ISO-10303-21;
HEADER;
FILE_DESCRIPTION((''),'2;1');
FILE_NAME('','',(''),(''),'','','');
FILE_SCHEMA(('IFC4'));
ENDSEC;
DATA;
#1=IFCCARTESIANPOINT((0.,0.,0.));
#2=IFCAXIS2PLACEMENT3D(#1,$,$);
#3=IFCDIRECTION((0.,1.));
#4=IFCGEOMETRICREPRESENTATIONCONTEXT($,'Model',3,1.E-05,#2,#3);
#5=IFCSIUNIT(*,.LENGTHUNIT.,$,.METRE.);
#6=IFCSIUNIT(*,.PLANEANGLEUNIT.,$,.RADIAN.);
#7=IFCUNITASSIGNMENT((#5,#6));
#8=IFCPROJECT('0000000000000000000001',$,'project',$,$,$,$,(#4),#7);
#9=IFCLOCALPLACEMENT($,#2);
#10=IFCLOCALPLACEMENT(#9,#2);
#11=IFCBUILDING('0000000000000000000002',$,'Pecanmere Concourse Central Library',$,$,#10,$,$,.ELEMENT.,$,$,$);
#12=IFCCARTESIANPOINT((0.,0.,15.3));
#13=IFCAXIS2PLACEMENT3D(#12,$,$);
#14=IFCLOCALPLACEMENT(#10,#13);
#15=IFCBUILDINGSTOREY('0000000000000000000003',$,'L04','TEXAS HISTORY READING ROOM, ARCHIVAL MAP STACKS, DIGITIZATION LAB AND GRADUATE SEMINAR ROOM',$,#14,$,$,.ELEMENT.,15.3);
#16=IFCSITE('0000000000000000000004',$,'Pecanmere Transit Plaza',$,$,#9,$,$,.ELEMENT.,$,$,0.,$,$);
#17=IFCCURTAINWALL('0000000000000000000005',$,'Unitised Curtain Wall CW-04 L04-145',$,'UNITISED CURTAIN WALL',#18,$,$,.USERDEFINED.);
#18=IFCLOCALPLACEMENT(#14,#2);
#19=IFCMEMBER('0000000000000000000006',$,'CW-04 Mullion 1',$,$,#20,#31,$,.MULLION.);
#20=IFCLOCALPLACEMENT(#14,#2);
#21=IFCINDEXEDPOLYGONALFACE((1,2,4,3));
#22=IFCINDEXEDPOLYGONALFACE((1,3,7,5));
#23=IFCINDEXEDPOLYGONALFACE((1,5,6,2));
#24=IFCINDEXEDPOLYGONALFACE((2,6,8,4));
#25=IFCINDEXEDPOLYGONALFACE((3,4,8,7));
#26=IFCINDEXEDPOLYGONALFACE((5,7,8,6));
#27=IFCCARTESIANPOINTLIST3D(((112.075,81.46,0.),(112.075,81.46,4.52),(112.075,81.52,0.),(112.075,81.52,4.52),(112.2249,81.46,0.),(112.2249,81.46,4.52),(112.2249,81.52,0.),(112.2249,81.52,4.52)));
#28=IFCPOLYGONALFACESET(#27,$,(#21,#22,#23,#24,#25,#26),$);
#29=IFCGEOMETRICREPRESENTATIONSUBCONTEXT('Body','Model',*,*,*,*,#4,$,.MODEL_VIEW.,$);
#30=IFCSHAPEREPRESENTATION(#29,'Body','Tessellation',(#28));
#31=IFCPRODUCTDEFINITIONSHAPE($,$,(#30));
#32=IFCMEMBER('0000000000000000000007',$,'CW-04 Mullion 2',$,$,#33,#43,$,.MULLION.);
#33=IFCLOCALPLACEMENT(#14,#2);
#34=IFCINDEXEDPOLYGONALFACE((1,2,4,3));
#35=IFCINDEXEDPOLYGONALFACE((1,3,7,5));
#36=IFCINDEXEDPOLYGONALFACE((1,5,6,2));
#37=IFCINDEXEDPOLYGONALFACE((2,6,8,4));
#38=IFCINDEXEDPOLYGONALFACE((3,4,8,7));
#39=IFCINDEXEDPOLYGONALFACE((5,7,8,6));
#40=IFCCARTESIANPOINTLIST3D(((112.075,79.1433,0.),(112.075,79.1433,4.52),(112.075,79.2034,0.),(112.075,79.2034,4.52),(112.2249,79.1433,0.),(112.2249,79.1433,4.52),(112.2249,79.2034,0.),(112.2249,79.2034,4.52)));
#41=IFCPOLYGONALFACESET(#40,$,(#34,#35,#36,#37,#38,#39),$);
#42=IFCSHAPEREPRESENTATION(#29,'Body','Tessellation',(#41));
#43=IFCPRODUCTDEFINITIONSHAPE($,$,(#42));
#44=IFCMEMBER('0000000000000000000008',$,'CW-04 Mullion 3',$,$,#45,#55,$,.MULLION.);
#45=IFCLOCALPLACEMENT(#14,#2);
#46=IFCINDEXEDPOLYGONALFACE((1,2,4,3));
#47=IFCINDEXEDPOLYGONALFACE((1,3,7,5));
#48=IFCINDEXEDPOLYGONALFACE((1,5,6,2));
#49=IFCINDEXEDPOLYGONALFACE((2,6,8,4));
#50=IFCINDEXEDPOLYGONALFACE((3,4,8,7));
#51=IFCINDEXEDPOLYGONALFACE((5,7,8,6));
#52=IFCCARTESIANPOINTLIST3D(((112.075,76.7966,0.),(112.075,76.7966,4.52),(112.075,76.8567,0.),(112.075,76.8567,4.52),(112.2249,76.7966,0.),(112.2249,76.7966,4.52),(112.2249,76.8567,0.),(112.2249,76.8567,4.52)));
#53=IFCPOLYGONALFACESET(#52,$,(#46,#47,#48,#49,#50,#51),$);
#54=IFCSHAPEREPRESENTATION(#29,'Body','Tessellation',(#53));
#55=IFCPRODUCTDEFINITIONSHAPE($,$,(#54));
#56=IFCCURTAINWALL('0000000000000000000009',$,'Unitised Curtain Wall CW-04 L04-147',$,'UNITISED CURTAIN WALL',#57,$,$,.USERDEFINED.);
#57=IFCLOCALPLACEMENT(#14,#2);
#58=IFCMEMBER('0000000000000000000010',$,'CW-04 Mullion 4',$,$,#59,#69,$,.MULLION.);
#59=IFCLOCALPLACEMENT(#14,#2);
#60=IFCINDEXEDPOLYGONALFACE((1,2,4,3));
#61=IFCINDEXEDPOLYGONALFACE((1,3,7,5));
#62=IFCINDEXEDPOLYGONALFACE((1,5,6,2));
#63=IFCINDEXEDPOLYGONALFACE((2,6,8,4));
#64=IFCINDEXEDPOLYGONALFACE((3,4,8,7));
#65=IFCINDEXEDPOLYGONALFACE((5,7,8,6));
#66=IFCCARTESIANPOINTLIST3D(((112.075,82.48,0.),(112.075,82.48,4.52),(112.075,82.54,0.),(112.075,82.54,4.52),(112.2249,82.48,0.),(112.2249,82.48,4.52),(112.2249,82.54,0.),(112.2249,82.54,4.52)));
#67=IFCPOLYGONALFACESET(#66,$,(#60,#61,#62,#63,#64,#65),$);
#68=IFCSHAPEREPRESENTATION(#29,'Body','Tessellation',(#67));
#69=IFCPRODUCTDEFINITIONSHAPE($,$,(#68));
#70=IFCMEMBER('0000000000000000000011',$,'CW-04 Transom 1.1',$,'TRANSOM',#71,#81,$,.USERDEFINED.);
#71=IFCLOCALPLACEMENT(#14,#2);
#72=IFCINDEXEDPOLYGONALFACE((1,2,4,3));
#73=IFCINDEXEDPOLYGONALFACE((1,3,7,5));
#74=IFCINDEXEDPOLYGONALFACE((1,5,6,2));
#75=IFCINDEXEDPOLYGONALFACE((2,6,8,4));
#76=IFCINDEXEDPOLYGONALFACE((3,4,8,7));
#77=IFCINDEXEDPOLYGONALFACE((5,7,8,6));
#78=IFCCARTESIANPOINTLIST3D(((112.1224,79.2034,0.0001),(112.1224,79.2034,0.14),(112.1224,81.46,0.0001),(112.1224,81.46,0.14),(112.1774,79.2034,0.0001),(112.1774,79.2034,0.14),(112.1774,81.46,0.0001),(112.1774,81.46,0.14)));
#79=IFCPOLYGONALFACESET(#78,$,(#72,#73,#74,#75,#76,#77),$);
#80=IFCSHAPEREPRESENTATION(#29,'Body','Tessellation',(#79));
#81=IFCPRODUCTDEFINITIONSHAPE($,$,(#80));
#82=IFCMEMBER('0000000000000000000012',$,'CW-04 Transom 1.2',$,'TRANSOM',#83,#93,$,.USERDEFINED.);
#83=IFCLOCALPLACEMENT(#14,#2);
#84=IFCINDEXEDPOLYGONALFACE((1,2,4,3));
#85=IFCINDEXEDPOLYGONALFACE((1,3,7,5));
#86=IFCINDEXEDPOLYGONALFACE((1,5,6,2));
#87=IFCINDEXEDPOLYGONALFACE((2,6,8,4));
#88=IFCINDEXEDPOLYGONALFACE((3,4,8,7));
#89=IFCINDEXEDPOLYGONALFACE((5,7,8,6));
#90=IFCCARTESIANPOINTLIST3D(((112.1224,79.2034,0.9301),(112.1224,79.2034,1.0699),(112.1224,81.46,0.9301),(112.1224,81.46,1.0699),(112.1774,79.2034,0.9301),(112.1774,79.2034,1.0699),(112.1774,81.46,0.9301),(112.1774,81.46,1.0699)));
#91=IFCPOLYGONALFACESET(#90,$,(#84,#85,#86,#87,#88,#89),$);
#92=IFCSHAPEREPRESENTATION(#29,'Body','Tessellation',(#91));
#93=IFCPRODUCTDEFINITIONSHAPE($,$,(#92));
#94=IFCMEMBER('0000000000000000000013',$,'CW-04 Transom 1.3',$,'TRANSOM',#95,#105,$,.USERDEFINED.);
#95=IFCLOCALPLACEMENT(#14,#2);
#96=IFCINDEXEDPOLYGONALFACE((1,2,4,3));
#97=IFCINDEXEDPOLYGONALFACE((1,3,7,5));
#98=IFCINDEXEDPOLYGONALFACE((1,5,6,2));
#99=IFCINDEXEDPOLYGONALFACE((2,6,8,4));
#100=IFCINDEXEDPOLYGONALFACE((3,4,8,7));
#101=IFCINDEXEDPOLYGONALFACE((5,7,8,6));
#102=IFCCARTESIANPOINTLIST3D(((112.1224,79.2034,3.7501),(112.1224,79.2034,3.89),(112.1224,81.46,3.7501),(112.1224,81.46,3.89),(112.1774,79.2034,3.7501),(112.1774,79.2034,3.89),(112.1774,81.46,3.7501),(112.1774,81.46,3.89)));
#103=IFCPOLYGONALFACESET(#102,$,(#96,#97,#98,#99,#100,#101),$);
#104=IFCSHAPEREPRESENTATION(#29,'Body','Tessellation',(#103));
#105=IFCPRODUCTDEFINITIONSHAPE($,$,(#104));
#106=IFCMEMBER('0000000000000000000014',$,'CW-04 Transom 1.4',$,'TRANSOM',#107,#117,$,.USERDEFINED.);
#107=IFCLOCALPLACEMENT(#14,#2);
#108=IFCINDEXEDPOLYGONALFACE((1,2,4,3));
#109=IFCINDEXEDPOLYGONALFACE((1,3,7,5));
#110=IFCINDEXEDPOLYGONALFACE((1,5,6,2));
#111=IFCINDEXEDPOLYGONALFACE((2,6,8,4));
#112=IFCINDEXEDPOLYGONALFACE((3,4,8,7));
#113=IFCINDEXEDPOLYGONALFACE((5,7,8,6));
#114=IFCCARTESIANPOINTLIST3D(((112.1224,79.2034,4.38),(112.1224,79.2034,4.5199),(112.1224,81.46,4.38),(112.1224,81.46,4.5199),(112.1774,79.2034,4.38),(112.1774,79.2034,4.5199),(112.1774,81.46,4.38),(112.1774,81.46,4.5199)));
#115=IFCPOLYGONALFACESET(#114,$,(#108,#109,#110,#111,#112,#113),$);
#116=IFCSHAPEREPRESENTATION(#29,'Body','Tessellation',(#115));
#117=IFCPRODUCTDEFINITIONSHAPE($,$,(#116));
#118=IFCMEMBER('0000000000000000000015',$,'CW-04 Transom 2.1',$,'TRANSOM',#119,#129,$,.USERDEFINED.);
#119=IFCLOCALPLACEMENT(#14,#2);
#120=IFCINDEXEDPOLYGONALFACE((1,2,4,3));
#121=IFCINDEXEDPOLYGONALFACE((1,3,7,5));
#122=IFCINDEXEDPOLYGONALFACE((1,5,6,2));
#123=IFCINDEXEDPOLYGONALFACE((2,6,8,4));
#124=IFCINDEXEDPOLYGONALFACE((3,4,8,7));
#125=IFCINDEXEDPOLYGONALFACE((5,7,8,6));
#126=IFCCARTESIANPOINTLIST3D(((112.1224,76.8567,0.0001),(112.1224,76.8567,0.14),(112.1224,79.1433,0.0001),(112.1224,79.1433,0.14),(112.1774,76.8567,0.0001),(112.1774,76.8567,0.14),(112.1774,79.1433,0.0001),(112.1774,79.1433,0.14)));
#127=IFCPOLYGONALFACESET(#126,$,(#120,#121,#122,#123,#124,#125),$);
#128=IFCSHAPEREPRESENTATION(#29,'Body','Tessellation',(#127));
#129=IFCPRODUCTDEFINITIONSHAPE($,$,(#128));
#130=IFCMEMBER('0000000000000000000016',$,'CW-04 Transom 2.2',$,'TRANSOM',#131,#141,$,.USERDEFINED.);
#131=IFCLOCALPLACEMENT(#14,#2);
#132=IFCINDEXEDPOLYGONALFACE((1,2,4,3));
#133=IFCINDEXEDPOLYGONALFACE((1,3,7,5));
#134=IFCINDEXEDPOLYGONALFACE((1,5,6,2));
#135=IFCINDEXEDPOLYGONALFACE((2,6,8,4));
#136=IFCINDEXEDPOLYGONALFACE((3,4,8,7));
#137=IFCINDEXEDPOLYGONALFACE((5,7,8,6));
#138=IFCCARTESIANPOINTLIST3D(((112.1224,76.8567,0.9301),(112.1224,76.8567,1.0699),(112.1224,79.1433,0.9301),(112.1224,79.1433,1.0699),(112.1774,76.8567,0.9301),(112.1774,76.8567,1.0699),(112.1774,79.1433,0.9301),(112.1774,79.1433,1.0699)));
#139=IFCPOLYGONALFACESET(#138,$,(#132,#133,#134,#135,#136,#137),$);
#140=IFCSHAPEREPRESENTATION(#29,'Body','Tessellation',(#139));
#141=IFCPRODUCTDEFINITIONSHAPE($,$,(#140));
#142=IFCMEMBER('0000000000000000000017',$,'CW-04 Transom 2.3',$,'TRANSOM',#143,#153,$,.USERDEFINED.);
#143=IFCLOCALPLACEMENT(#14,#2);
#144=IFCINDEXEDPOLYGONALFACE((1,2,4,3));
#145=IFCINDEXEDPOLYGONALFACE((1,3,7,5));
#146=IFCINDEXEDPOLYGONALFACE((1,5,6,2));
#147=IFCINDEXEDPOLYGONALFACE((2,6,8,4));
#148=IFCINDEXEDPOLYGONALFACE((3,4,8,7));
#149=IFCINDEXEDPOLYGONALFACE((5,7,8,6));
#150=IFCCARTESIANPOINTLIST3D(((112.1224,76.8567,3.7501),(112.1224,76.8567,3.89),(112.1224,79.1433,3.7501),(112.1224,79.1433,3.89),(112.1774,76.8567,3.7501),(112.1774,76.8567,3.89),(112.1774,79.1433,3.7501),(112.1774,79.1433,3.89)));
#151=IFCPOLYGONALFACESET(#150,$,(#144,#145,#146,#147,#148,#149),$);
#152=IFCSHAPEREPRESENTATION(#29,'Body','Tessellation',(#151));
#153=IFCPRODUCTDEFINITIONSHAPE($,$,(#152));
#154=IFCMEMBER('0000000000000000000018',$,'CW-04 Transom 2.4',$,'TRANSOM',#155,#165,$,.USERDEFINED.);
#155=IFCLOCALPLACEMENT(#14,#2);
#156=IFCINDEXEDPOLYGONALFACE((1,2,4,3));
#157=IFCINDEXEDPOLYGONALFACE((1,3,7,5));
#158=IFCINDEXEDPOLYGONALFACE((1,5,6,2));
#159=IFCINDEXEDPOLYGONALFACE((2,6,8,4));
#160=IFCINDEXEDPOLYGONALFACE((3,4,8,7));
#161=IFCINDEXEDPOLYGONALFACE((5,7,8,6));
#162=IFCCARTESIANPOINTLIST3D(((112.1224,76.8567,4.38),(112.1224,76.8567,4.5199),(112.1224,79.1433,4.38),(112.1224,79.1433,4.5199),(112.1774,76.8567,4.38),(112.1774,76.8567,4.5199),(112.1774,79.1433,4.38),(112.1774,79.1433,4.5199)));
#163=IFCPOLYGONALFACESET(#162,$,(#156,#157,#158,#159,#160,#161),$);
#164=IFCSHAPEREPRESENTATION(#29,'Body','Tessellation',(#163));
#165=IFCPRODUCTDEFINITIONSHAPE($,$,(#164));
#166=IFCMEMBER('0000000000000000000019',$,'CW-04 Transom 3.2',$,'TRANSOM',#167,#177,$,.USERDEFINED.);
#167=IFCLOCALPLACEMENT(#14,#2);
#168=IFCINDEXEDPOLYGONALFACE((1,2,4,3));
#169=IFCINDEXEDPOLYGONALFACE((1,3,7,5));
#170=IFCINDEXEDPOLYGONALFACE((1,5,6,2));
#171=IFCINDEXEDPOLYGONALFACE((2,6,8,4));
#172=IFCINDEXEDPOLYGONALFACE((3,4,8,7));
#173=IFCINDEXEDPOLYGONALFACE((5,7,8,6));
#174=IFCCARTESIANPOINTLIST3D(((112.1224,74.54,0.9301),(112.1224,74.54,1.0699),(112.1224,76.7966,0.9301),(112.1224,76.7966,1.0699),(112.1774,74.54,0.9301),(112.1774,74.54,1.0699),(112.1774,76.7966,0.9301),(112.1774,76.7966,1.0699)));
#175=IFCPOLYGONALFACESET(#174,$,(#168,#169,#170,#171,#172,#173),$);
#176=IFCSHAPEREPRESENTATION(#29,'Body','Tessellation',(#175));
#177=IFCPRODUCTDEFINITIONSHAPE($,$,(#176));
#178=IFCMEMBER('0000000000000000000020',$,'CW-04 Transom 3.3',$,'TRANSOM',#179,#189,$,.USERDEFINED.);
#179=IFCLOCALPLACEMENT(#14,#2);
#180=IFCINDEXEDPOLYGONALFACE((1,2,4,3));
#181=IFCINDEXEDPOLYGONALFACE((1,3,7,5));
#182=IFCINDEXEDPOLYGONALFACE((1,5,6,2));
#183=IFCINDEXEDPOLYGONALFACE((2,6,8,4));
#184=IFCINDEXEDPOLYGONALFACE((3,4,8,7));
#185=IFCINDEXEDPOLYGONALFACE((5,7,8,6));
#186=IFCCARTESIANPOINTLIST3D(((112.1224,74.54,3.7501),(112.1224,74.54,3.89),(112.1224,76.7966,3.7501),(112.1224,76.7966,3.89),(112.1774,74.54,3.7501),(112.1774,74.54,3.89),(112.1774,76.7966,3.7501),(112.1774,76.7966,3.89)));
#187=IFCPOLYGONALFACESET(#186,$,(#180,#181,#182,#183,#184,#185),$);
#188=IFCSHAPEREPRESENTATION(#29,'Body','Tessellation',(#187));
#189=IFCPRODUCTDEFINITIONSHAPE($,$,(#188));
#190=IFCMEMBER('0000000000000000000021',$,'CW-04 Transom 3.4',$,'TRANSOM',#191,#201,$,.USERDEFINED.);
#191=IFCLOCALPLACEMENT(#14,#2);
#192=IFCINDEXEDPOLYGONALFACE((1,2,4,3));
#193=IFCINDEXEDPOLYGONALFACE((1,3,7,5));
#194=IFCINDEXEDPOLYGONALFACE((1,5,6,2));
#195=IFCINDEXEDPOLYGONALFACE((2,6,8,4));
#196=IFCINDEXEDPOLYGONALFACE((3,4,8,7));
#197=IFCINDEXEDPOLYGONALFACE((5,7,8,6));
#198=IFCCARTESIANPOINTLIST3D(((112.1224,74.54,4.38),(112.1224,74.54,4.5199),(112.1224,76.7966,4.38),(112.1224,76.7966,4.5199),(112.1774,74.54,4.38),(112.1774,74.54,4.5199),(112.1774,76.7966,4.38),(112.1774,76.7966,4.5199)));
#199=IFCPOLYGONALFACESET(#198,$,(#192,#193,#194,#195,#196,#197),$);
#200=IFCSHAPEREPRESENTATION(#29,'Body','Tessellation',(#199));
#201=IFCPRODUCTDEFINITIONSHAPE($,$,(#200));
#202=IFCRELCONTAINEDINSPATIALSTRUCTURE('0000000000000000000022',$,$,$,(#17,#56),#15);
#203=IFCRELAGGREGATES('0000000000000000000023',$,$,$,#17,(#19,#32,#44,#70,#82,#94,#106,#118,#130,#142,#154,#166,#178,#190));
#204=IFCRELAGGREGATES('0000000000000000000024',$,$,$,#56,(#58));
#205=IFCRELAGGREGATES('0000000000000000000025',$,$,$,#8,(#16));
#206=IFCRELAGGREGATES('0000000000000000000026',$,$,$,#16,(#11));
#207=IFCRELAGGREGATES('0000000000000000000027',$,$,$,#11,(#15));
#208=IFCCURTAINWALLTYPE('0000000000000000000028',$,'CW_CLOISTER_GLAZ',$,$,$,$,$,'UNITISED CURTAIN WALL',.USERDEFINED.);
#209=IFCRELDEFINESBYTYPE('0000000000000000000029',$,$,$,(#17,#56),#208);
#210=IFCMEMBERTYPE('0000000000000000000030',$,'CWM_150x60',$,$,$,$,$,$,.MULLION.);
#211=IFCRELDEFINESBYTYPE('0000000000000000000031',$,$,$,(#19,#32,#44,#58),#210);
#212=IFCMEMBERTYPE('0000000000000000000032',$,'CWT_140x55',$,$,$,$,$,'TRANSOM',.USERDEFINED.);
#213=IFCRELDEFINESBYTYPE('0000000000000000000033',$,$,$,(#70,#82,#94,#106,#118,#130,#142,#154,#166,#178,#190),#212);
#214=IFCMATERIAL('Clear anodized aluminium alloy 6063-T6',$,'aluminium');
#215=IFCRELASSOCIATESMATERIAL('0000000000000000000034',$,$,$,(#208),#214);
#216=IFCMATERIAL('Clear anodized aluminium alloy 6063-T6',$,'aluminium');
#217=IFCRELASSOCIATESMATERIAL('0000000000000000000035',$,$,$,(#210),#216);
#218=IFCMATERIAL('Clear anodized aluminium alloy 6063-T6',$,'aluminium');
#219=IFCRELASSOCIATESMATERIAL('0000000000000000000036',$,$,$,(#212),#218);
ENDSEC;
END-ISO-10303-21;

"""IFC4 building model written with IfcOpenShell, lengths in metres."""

from ifc_helpers import new_model, si_unit, direction, frame, origin, origin_2d, place, context, subcontext, project, spatial, rectangle, extrude, material, material_profile, profile_set, type_object, element, aggregate, save


model = new_model("IFC4")

# Units and contexts
model_context = context("Model", 3, precision=1e-05, world=origin(), true_north=direction((0.0, 1.0)))
body_context = subcontext(model_context, "Body", "Model", "MODEL_VIEW")
ifc_project = project(units=[si_unit("LENGTHUNIT", "METRE"), si_unit("PLANEANGLEUNIT", "RADIAN")], contexts=[model_context])

# Site, building, storey
site_placement = place(None, origin())
site = spatial("IfcSite", under=ifc_project, at=site_placement, Name="Pecanmere Transit Plaza", CompositionType="ELEMENT", RefElevation=0.0)
building_placement = place(site_placement, origin())
building = spatial("IfcBuilding", under=site, at=building_placement, Name="Pecanmere Concourse Central Library", CompositionType="ELEMENT")
storey_placement = place(building_placement, frame((0.0, 0.0, 15.3)))
storey = spatial("IfcBuildingStorey", under=building, at=storey_placement, Name="L04", Description="TEXAS HISTORY READING ROOM, ARCHIVAL MAP STACKS, DIGITIZATION LAB AND GRADUATE SEMINAR ROOM", CompositionType="ELEMENT", Elevation=15.3)

# Curtain wall, members
ifc_material_1 = material(Name="Clear anodized aluminium alloy 6063-T6", Category="aluminium")
curtain_wall_type = type_object("IfcCurtainWallType", Name="CW_CLOISTER_GLAZ", ElementType="UNITISED CURTAIN WALL", PredefinedType="USERDEFINED", material=ifc_material_1)
curtain_wall_1_placement = place(storey_placement, origin())
curtain_wall_1 = element("IfcCurtainWall", 1, at=curtain_wall_1_placement, inside=storey, type_object=curtain_wall_type, Name="Unitised Curtain Wall CW-04 L04-145", ObjectType="UNITISED CURTAIN WALL", PredefinedType="USERDEFINED")
ifc_material_2 = material(Name="Clear anodized aluminium alloy 6063-T6", Category="aluminium")
ifc_material_profile_1 = material_profile(ifc_material_2, rectangle(XDim=0.0601, YDim=0.1499, at=origin_2d()), Name="AL 60x150")
ifc_profile_set_1 = profile_set([ifc_material_profile_1], Name="Clear anodized aluminium alloy 6063-T6")
member_type_1 = type_object("IfcMemberType", Name="CWM_150x60", PredefinedType="MULLION", material=ifc_profile_set_1)
member_1_placement = place(storey_placement, frame((112.1499, 81.49, 0.0), z_axis=(0.0, 0.0, 1.0), x_axis=(0.0, -1.0, 0.0)))
member_1 = element("IfcMember", 2, at=member_1_placement, type_object=member_type_1, Name="CW-04 Mullion 1", PredefinedType="MULLION", context=body_context, shape_type="SweptSolid", body=[
    extrude(rectangle(XDim=0.0601, YDim=0.1499, at=origin_2d()), origin(), (0.0, 0.0, 1.0), 4.52),
])
member_2_placement = place(storey_placement, frame((112.1499, 79.1733, 0.0), z_axis=(0.0, 0.0, 1.0), x_axis=(0.0, -1.0, 0.0)))
member_2 = element("IfcMember", 3, at=member_2_placement, type_object=member_type_1, Name="CW-04 Mullion 2", PredefinedType="MULLION", context=body_context, shape_type="SweptSolid", body=[
    extrude(rectangle(XDim=0.0601, YDim=0.1499, at=origin_2d()), origin(), (0.0, 0.0, 1.0), 4.52),
])
member_3_placement = place(storey_placement, frame((112.1499, 76.8267, 0.0), z_axis=(0.0, 0.0, 1.0), x_axis=(0.0, -1.0, 0.0)))
member_3 = element("IfcMember", 4, at=member_3_placement, type_object=member_type_1, Name="CW-04 Mullion 3", PredefinedType="MULLION", context=body_context, shape_type="SweptSolid", body=[
    extrude(rectangle(XDim=0.0601, YDim=0.1499, at=origin_2d()), origin(), (0.0, 0.0, 1.0), 4.52),
])

# Curtain wall, member
curtain_wall_2_placement = place(storey_placement, origin())
curtain_wall_2 = element("IfcCurtainWall", 5, at=curtain_wall_2_placement, inside=storey, type_object=curtain_wall_type, Name="Unitised Curtain Wall CW-04 L04-147", ObjectType="UNITISED CURTAIN WALL", PredefinedType="USERDEFINED")
member_4_placement = place(storey_placement, frame((112.1499, 82.51, 0.0), z_axis=(0.0, 0.0, 1.0), x_axis=(0.0, -1.0, 0.0)))
member_4 = element("IfcMember", 6, at=member_4_placement, type_object=member_type_1, Name="CW-04 Mullion 4", PredefinedType="MULLION", context=body_context, shape_type="SweptSolid", body=[
    extrude(rectangle(XDim=0.0601, YDim=0.1499, at=origin_2d()), origin(), (0.0, 0.0, 1.0), 4.52),
])

# Members
ifc_material_3 = material(Name="Clear anodized aluminium alloy 6063-T6", Category="aluminium")
ifc_material_profile_2 = material_profile(ifc_material_3, rectangle(XDim=0.0549, YDim=0.1399, at=origin_2d()), Name="AL 55x140")
ifc_profile_set_2 = profile_set([ifc_material_profile_2], Name="Clear anodized aluminium alloy 6063-T6")
member_type_2 = type_object("IfcMemberType", Name="CWT_140x55", ElementType="TRANSOM", PredefinedType="USERDEFINED", material=ifc_profile_set_2)
member_5_placement = place(storey_placement, frame((112.1499, 81.46, 0.0701), z_axis=(0.0, -1.0, 0.0), x_axis=(1.0, 0.0, 0.0)))
member_5 = element("IfcMember", 7, at=member_5_placement, type_object=member_type_2, Name="CW-04 Transom 1.1", ObjectType="TRANSOM", PredefinedType="USERDEFINED", context=body_context, shape_type="SweptSolid", body=[
    extrude(rectangle(XDim=0.0549, YDim=0.1399, at=origin_2d()), origin(), (0.0, 0.0, 1.0), 2.2566),
])
member_6_placement = place(storey_placement, frame((112.1499, 81.46, 1.0), z_axis=(0.0, -1.0, 0.0), x_axis=(1.0, 0.0, 0.0)))
member_6 = element("IfcMember", 8, at=member_6_placement, type_object=member_type_2, Name="CW-04 Transom 1.2", ObjectType="TRANSOM", PredefinedType="USERDEFINED", context=body_context, shape_type="SweptSolid", body=[
    extrude(rectangle(XDim=0.0549, YDim=0.1399, at=origin_2d()), origin(), (0.0, 0.0, 1.0), 2.2566),
])
member_7_placement = place(storey_placement, frame((112.1499, 81.46, 3.8201), z_axis=(0.0, -1.0, 0.0), x_axis=(1.0, 0.0, 0.0)))
member_7 = element("IfcMember", 9, at=member_7_placement, type_object=member_type_2, Name="CW-04 Transom 1.3", ObjectType="TRANSOM", PredefinedType="USERDEFINED", context=body_context, shape_type="SweptSolid", body=[
    extrude(rectangle(XDim=0.0549, YDim=0.1399, at=origin_2d()), origin(), (0.0, 0.0, 1.0), 2.2566),
])
member_8_placement = place(storey_placement, frame((112.1499, 81.46, 4.45), z_axis=(0.0, -1.0, 0.0), x_axis=(1.0, 0.0, 0.0)))
member_8 = element("IfcMember", 10, at=member_8_placement, type_object=member_type_2, Name="CW-04 Transom 1.4", ObjectType="TRANSOM", PredefinedType="USERDEFINED", context=body_context, shape_type="SweptSolid", body=[
    extrude(rectangle(XDim=0.0549, YDim=0.1399, at=origin_2d()), origin(), (0.0, 0.0, 1.0), 2.2566),
])
member_9_placement = place(storey_placement, frame((112.1499, 79.1433, 0.0701), z_axis=(0.0, -1.0, 0.0), x_axis=(1.0, 0.0, 0.0)))
member_9 = element("IfcMember", 11, at=member_9_placement, type_object=member_type_2, Name="CW-04 Transom 2.1", ObjectType="TRANSOM", PredefinedType="USERDEFINED", context=body_context, shape_type="SweptSolid", body=[
    extrude(rectangle(XDim=0.0549, YDim=0.1399, at=origin_2d()), origin(), (0.0, 0.0, 1.0), 2.2866),
])
member_10_placement = place(storey_placement, frame((112.1499, 79.1433, 1.0), z_axis=(0.0, -1.0, 0.0), x_axis=(1.0, 0.0, 0.0)))
member_10 = element("IfcMember", 12, at=member_10_placement, type_object=member_type_2, Name="CW-04 Transom 2.2", ObjectType="TRANSOM", PredefinedType="USERDEFINED", context=body_context, shape_type="SweptSolid", body=[
    extrude(rectangle(XDim=0.0549, YDim=0.1399, at=origin_2d()), origin(), (0.0, 0.0, 1.0), 2.2866),
])
member_11_placement = place(storey_placement, frame((112.1499, 79.1433, 3.8201), z_axis=(0.0, -1.0, 0.0), x_axis=(1.0, 0.0, 0.0)))
member_11 = element("IfcMember", 13, at=member_11_placement, type_object=member_type_2, Name="CW-04 Transom 2.3", ObjectType="TRANSOM", PredefinedType="USERDEFINED", context=body_context, shape_type="SweptSolid", body=[
    extrude(rectangle(XDim=0.0549, YDim=0.1399, at=origin_2d()), origin(), (0.0, 0.0, 1.0), 2.2866),
])
member_12_placement = place(storey_placement, frame((112.1499, 79.1433, 4.45), z_axis=(0.0, -1.0, 0.0), x_axis=(1.0, 0.0, 0.0)))
member_12 = element("IfcMember", 14, at=member_12_placement, type_object=member_type_2, Name="CW-04 Transom 2.4", ObjectType="TRANSOM", PredefinedType="USERDEFINED", context=body_context, shape_type="SweptSolid", body=[
    extrude(rectangle(XDim=0.0549, YDim=0.1399, at=origin_2d()), origin(), (0.0, 0.0, 1.0), 2.2866),
])
member_13_placement = place(storey_placement, frame((112.1499, 76.7966, 1.0), z_axis=(0.0, -1.0, 0.0), x_axis=(1.0, 0.0, 0.0)))
member_13 = element("IfcMember", 15, at=member_13_placement, type_object=member_type_2, Name="CW-04 Transom 3.2", ObjectType="TRANSOM", PredefinedType="USERDEFINED", context=body_context, shape_type="SweptSolid", body=[
    extrude(rectangle(XDim=0.0549, YDim=0.1399, at=origin_2d()), origin(), (0.0, 0.0, 1.0), 2.2566),
])
member_14_placement = place(storey_placement, frame((112.1499, 76.7966, 3.8201), z_axis=(0.0, -1.0, 0.0), x_axis=(1.0, 0.0, 0.0)))
member_14 = element("IfcMember", 16, at=member_14_placement, type_object=member_type_2, Name="CW-04 Transom 3.3", ObjectType="TRANSOM", PredefinedType="USERDEFINED", context=body_context, shape_type="SweptSolid", body=[
    extrude(rectangle(XDim=0.0549, YDim=0.1399, at=origin_2d()), origin(), (0.0, 0.0, 1.0), 2.2566),
])
member_15_placement = place(storey_placement, frame((112.1499, 76.7966, 4.45), z_axis=(0.0, -1.0, 0.0), x_axis=(1.0, 0.0, 0.0)))
member_15 = element("IfcMember", 17, at=member_15_placement, type_object=member_type_2, Name="CW-04 Transom 3.4", ObjectType="TRANSOM", PredefinedType="USERDEFINED", context=body_context, shape_type="SweptSolid", body=[
    extrude(rectangle(XDim=0.0549, YDim=0.1399, at=origin_2d()), origin(), (0.0, 0.0, 1.0), 2.2566),
])

aggregate(curtain_wall_1, [member_1, member_2, member_3, member_5, member_6, member_7, member_8, member_9, member_10, member_11, member_12, member_13, member_14, member_15])
aggregate(curtain_wall_2, [member_4])

save(model, "model.ifc")
